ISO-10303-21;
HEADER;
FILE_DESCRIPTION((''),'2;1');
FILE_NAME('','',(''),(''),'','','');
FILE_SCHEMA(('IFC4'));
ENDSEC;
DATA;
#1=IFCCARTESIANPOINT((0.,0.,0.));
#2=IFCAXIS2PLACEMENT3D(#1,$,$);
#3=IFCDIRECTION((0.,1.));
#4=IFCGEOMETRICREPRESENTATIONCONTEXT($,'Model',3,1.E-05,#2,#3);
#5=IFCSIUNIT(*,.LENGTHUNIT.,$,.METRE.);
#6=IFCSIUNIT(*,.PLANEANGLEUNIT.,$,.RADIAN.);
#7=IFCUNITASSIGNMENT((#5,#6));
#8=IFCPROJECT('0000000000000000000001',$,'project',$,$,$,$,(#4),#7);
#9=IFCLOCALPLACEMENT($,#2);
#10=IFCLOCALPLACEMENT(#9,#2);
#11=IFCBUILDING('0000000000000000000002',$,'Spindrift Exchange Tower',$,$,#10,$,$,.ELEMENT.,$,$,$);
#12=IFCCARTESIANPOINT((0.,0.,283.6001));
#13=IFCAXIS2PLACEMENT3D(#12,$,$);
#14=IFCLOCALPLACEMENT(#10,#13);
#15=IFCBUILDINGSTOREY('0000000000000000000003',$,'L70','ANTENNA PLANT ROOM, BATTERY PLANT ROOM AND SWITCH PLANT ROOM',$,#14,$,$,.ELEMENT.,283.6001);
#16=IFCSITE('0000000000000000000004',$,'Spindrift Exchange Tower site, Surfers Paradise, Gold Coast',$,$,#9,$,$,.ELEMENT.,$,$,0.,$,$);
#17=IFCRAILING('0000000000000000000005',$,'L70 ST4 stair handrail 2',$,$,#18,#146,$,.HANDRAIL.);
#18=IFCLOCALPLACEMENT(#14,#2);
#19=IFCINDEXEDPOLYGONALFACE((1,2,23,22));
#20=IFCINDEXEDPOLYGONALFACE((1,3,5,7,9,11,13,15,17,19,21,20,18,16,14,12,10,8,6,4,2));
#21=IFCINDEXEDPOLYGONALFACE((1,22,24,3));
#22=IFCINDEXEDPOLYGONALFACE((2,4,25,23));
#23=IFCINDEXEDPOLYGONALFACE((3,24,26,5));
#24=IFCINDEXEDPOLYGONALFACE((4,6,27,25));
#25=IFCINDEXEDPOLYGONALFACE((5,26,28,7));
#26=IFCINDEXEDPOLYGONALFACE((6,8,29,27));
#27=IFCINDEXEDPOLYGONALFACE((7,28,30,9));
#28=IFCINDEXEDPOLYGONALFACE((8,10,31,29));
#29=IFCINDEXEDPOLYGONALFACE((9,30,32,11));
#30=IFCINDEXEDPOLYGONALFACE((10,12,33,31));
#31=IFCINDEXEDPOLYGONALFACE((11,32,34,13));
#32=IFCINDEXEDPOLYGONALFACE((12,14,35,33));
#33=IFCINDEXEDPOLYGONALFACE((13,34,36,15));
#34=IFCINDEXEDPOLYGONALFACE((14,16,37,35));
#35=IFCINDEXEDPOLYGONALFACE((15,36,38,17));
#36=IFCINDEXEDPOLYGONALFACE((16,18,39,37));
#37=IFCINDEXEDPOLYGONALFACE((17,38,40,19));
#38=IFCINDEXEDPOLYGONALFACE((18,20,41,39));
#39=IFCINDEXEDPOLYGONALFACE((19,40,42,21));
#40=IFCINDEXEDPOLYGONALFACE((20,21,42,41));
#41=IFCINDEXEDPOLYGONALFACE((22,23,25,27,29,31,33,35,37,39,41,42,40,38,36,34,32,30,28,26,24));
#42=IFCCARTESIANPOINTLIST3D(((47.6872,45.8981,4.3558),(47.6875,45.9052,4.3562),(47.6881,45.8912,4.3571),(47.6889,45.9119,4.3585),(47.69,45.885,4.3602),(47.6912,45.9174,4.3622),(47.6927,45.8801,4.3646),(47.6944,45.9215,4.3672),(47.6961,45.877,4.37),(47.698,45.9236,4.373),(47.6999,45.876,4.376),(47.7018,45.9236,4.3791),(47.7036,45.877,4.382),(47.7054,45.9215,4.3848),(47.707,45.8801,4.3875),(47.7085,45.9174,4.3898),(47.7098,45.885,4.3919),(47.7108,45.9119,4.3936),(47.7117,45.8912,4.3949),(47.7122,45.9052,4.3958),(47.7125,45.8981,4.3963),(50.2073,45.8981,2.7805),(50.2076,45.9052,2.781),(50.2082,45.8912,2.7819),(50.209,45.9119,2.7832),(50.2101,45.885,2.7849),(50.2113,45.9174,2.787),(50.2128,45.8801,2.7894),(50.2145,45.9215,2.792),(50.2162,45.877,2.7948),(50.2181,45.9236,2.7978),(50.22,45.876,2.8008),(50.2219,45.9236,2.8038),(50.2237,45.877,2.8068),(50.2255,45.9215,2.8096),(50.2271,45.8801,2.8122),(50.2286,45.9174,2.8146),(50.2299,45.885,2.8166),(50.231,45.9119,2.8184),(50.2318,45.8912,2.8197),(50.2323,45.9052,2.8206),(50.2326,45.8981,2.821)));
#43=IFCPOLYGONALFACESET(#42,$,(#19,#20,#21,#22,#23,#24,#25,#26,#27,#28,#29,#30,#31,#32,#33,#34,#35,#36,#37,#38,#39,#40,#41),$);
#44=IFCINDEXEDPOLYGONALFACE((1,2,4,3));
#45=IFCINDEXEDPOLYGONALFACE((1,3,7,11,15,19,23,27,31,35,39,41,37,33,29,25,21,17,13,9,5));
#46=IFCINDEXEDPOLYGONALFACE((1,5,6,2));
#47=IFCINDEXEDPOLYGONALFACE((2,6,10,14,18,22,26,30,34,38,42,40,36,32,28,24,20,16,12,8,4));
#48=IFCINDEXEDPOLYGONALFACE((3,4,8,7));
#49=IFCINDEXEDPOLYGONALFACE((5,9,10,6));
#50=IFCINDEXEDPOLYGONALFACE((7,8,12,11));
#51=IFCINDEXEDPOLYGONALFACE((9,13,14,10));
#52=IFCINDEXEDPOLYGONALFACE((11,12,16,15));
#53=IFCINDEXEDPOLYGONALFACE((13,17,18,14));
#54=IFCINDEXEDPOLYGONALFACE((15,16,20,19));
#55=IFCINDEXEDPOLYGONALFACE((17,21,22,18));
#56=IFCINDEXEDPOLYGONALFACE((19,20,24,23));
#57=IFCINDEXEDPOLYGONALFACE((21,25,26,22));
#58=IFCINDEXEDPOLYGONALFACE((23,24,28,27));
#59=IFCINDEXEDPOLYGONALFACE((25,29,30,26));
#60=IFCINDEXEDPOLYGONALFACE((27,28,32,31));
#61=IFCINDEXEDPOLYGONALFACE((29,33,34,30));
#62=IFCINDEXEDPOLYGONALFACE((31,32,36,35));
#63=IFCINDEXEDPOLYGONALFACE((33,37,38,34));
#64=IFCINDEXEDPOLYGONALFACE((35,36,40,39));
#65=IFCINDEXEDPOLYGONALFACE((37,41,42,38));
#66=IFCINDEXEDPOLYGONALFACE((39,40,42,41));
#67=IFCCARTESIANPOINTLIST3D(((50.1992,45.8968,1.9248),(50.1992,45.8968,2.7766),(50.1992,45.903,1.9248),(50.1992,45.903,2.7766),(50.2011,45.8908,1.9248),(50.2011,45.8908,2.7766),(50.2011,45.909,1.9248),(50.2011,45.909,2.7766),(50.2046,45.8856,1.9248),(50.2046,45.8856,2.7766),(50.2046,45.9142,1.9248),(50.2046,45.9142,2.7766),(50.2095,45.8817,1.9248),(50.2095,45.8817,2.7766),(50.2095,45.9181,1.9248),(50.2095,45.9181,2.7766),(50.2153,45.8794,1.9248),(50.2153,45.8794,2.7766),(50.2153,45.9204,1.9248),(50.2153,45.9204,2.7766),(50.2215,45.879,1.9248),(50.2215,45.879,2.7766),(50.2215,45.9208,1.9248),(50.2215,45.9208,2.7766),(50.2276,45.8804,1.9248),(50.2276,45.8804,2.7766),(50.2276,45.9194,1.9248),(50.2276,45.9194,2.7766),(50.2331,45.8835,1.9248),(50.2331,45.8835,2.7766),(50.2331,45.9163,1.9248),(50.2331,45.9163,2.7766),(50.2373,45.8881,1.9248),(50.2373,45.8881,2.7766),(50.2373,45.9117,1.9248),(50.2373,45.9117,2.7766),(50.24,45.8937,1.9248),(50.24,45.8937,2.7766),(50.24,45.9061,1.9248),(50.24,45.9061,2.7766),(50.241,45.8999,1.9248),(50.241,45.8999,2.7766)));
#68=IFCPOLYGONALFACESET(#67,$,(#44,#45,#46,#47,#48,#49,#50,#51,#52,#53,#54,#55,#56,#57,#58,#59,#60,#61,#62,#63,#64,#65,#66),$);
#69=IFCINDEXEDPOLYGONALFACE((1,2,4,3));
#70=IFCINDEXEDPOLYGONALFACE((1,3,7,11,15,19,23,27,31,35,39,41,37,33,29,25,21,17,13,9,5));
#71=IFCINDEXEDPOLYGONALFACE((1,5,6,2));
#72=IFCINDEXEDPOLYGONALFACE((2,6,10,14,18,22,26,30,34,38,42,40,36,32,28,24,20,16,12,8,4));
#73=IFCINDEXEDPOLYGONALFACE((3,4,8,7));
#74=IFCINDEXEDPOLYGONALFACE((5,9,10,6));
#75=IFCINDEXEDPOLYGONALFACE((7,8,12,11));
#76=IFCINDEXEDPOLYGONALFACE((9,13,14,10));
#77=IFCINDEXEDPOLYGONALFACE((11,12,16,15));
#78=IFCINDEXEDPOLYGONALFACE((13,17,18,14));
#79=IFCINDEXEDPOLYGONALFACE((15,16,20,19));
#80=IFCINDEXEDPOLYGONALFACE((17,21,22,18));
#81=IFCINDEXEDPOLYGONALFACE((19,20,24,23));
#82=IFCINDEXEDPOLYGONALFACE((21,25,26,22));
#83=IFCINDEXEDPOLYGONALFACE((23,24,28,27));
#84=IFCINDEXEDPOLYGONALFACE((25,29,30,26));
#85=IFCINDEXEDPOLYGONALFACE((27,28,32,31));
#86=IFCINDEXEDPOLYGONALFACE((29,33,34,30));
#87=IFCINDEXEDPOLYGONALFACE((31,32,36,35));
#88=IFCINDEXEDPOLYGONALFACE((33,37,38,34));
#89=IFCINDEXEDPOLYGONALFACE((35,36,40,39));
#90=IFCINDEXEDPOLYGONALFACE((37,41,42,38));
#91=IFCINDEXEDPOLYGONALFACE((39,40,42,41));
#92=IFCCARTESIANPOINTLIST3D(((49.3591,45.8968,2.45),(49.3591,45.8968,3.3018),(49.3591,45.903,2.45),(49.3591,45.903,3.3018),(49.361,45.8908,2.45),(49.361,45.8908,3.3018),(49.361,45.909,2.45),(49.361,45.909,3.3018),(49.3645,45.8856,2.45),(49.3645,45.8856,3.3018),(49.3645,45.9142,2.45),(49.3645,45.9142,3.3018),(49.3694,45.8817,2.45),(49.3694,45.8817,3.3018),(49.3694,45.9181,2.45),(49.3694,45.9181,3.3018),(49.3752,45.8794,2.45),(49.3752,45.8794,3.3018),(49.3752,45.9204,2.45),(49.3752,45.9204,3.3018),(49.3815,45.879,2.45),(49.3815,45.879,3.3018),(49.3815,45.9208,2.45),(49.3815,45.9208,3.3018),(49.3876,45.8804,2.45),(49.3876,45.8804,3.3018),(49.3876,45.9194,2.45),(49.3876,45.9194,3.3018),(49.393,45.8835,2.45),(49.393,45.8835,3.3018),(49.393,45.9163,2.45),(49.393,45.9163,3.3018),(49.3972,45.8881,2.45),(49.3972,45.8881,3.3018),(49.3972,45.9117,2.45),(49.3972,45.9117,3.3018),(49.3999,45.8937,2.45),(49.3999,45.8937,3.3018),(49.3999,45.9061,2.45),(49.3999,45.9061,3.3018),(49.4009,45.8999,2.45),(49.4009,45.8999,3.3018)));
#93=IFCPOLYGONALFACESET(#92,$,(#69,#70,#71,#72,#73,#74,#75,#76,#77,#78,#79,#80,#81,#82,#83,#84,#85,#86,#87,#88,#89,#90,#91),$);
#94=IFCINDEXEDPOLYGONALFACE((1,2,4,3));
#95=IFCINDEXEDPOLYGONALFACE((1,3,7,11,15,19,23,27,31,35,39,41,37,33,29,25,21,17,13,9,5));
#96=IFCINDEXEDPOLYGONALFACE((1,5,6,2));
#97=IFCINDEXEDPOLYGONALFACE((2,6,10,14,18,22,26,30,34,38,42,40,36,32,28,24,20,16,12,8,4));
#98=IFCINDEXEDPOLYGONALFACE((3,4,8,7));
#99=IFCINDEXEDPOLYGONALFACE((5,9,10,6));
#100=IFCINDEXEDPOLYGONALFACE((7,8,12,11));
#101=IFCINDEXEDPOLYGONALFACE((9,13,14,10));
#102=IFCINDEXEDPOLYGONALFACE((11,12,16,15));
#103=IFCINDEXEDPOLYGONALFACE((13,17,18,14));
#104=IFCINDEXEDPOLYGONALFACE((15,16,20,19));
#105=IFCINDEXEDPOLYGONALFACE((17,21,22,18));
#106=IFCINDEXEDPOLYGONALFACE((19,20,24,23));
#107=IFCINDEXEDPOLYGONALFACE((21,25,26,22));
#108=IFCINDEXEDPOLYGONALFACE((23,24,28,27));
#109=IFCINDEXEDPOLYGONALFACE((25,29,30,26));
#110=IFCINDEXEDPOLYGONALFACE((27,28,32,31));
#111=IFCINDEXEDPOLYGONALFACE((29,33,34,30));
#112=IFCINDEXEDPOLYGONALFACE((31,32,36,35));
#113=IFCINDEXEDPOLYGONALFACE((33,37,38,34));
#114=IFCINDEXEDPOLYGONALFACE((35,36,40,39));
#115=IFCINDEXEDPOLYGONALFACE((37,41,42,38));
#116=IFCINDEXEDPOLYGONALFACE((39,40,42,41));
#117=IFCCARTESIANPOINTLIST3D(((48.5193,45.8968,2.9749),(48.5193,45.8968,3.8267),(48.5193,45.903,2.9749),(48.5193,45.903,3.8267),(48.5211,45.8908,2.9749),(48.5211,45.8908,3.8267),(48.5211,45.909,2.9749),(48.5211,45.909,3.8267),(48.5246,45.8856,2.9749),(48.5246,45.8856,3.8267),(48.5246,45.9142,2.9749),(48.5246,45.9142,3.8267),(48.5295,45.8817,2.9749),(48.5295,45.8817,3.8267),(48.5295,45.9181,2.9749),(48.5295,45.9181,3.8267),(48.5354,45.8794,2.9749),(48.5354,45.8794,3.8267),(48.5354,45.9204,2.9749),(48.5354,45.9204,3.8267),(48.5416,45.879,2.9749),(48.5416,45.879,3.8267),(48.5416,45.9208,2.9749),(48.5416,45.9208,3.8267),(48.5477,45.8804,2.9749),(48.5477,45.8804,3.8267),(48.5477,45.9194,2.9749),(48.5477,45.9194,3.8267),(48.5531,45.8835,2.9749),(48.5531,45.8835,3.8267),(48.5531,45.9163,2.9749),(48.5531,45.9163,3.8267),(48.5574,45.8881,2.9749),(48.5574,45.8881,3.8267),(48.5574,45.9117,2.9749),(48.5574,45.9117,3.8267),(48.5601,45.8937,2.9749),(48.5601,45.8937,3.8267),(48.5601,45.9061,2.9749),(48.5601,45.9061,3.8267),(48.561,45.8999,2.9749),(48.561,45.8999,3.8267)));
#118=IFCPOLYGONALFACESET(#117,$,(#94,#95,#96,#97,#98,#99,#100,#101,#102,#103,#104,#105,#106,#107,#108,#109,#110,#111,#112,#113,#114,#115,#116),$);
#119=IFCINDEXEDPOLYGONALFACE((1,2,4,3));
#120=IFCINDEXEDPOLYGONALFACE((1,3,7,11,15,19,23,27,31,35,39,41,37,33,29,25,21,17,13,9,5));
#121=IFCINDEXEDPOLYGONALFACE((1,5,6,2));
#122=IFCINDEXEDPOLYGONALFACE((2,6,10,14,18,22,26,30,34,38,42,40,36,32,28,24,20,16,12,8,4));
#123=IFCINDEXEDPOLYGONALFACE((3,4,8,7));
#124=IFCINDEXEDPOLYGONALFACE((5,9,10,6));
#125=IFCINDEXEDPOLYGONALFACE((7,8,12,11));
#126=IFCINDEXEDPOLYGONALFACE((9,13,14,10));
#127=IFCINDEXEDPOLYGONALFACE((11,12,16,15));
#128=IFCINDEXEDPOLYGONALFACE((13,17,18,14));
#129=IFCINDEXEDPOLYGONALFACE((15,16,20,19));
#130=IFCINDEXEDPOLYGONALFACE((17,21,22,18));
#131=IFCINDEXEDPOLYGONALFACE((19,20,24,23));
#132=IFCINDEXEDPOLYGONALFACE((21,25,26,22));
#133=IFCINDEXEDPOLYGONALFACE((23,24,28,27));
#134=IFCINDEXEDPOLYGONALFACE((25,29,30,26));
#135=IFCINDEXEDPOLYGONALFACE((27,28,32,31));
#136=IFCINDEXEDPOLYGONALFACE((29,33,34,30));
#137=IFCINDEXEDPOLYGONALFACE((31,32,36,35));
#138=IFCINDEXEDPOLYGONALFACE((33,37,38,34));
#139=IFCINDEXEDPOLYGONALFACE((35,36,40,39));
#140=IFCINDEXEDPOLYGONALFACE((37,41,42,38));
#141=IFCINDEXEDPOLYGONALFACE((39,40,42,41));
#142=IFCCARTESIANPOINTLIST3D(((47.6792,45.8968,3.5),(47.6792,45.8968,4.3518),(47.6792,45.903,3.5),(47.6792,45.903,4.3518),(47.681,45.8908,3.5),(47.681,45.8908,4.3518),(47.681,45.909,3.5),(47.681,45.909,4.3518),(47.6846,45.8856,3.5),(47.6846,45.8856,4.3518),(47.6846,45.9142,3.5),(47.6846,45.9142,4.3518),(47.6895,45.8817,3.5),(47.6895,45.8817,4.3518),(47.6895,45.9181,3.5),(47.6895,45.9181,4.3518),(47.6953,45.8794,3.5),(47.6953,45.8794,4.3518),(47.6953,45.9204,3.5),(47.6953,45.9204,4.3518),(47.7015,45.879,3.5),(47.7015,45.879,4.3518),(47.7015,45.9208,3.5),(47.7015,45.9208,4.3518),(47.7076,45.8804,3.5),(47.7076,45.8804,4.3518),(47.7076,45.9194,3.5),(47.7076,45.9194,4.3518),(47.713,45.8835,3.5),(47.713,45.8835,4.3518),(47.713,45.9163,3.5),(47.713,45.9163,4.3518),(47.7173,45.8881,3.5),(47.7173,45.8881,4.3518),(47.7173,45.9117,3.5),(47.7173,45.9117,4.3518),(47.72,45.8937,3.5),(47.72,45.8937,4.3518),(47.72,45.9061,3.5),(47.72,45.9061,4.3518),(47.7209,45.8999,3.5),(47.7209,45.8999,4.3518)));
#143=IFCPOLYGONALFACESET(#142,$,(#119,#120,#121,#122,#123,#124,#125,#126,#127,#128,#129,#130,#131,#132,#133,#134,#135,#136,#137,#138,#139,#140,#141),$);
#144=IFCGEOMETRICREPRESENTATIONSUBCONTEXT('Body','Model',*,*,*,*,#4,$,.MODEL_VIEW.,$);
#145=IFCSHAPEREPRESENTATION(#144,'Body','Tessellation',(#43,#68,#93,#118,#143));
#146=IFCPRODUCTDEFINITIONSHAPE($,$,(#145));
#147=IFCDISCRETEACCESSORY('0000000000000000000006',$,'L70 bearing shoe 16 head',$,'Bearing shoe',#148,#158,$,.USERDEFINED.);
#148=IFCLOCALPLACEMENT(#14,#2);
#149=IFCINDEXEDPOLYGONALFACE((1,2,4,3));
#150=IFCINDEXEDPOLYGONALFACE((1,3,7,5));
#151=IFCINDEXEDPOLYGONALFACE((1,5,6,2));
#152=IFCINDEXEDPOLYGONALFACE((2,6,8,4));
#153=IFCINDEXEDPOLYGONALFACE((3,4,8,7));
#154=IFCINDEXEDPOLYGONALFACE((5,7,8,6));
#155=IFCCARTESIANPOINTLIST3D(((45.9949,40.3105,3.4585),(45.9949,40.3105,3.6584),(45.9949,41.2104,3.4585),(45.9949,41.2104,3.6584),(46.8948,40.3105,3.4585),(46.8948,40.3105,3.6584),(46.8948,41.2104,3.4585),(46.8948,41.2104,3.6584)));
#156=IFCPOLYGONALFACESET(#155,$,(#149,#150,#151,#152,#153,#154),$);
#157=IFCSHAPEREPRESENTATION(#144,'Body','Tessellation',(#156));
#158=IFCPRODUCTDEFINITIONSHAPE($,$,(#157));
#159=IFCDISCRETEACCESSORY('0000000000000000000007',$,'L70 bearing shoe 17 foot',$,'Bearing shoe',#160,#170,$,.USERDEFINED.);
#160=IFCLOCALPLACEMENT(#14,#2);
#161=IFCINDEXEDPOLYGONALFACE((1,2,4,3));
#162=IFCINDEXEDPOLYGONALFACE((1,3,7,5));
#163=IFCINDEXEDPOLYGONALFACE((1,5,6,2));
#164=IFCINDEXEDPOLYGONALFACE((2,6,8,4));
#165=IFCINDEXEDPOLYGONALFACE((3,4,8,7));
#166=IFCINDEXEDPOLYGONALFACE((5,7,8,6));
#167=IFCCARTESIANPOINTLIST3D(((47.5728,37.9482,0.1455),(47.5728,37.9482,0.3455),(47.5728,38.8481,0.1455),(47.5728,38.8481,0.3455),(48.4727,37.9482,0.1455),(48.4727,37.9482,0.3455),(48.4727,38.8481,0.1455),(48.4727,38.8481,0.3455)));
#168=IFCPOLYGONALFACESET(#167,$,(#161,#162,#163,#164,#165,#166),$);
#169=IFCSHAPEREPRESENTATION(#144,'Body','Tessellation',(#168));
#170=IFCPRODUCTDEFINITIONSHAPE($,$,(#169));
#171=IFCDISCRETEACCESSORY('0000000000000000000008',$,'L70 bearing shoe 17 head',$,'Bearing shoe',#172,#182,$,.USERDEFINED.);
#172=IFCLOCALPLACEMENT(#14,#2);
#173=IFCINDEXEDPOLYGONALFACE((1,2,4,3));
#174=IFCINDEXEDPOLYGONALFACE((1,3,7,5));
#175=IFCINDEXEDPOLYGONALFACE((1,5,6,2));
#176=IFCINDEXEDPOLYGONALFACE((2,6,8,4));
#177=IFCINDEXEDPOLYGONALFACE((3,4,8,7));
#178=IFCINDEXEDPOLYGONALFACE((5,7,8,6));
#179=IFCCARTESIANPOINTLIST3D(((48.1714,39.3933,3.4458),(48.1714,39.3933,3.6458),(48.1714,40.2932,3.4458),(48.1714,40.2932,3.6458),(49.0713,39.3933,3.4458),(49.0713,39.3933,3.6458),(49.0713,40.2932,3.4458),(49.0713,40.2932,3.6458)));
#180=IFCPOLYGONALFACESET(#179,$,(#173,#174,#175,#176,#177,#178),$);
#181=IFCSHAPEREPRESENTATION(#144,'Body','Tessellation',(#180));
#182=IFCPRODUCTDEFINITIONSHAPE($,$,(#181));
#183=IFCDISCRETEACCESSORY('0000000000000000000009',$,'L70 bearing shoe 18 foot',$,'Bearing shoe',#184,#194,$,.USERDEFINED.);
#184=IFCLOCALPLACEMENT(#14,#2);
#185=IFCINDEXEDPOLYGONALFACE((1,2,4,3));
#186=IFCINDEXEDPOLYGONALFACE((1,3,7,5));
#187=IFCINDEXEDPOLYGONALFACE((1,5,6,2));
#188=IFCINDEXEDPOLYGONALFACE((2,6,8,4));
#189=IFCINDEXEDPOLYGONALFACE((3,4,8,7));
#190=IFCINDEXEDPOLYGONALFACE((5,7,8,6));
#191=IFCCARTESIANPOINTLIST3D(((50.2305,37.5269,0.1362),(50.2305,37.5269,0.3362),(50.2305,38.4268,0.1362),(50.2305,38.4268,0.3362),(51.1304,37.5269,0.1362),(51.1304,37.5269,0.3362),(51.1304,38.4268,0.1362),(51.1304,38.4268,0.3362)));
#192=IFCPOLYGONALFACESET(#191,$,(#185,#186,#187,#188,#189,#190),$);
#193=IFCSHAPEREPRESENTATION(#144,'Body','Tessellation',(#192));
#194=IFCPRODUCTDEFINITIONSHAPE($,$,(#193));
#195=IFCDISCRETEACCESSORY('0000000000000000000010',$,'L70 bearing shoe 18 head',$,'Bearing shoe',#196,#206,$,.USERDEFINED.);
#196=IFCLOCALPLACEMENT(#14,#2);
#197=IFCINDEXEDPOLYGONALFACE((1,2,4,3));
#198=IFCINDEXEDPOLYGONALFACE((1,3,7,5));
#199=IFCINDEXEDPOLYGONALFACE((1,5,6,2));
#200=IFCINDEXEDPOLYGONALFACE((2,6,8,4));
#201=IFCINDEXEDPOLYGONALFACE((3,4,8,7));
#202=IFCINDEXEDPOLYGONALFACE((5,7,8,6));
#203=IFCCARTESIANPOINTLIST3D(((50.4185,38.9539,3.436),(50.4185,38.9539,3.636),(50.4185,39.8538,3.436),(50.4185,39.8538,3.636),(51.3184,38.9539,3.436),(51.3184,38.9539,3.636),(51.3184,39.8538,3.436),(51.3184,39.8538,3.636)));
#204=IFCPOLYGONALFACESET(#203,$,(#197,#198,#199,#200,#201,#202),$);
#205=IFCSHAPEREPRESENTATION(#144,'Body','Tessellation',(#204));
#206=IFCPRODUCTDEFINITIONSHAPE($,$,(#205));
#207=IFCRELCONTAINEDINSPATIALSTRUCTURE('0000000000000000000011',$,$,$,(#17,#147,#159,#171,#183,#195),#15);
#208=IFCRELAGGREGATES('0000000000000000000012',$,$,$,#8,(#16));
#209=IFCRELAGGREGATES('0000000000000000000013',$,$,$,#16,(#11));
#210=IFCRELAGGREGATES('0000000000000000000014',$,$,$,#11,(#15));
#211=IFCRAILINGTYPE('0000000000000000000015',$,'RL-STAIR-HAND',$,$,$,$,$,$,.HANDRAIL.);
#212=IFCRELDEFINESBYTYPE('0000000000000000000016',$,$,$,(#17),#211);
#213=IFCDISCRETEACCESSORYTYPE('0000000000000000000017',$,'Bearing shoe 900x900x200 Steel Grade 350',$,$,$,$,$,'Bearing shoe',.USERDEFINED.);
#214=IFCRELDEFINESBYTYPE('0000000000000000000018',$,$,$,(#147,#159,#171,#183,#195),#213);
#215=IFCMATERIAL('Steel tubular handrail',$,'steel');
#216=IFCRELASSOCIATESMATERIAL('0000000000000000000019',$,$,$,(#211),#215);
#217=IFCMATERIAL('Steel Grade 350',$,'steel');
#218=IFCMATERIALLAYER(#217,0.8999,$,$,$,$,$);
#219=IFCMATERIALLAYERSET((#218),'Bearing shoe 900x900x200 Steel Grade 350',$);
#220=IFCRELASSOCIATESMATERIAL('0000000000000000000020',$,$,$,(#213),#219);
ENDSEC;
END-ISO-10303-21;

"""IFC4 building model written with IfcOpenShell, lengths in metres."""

from ifc_helpers import new_model, si_unit, direction, frame, origin, origin_2d, place, context, subcontext, project, spatial, rectangle, circle, extrude, source, transform, mapped, material, layer, layer_set, type_object, element, save


model = new_model("IFC4")

# Units and contexts
model_context = context("Model", 3, precision=1e-05, world=origin(), true_north=direction((0.0, 1.0)))
body_context = subcontext(model_context, "Body", "Model", "MODEL_VIEW")
ifc_project = project(units=[si_unit("LENGTHUNIT", "METRE"), si_unit("PLANEANGLEUNIT", "RADIAN")], contexts=[model_context])

# Site, building, storey
site_placement = place(None, origin())
site = spatial("IfcSite", under=ifc_project, at=site_placement, Name="Spindrift Exchange Tower site, Surfers Paradise, Gold Coast", CompositionType="ELEMENT", RefElevation=0.0)
building_placement = place(site_placement, origin())
building = spatial("IfcBuilding", under=site, at=building_placement, Name="Spindrift Exchange Tower", CompositionType="ELEMENT")
storey_placement = place(building_placement, frame((0.0, 0.0, 283.6001)))
storey = spatial("IfcBuildingStorey", under=building, at=storey_placement, Name="L70", Description="ANTENNA PLANT ROOM, BATTERY PLANT ROOM AND SWITCH PLANT ROOM", CompositionType="ELEMENT", Elevation=283.6001)

# Railing
ifc_material_1 = material(Name="Steel tubular handrail", Category="steel")
railing_type_1 = type_object("IfcRailingType", Name="RL-STAIR-HAND", PredefinedType="HANDRAIL", material=ifc_material_1)
railing_1_placement = place(storey_placement, frame((50.22, 45.8999, 1.9248)))
element("IfcRailing", 1, at=railing_1_placement, inside=storey, type_object=railing_type_1, Name="L70 ST4 stair handrail 2", PredefinedType="HANDRAIL", context=body_context, shape_type="SweptSolid", body=[
    extrude(circle(Radius=0.0239, at=origin_2d()), frame((0.0, 0.0, 0.876), z_axis=(-0.847971, 0.0, 0.530043), x_axis=(0.0, -1.0, 0.0)), (0.0, 0.0, 1.0), 2.9719),
    extrude(circle(Radius=0.021, at=origin_2d()), origin(), (0.0, 0.0, 1.0), 0.8518),
    extrude(circle(Radius=0.021, at=origin_2d()), frame((-0.8401, 0.0, 0.5251)), (0.0, 0.0, 1.0), 0.8518),
    extrude(circle(Radius=0.021, at=origin_2d()), frame((-1.6799, 0.0, 1.05)), (0.0, 0.0, 1.0), 0.8518),
    extrude(circle(Radius=0.021, at=origin_2d()), frame((-2.52, 0.0, 1.5752)), (0.0, 0.0, 1.0), 0.8518),
])

# Discrete accessories
ifc_material_2 = material(Name="Steel Grade 350", Category="steel")
ifc_layer_1 = layer(ifc_material_2, 0.8999)
ifc_layer_set_1 = layer_set([ifc_layer_1], Name="Bearing shoe 900x900x200 Steel Grade 350")
discrete_accessory_type = type_object("IfcDiscreteAccessoryType", Name="Bearing shoe 900x900x200 Steel Grade 350", ElementType="Bearing shoe", PredefinedType="USERDEFINED", material=ifc_layer_set_1)
shared_shape_1 = source(origin(), body_context, "Body", "SweptSolid", [
    extrude(rectangle(XDim=0.8999, YDim=0.8999, at=origin_2d()), origin(), (0.0, 0.0, 1.0), 0.2),
])
for number, where, z_axis, x_axis, name in (
    (2, (46.4448, 40.7605, 3.4585), (0.0, 0.0, 1.0), (1.0, 0.0, 0.0), "L70 bearing shoe 16 head"),
    (3, (48.0227, 38.3982, 0.1455), (0.0, 0.0, 1.0), (1.0, 0.0, 0.0), "L70 bearing shoe 17 foot"),
    (4, (48.6213, 39.8433, 3.4458), (0.0, 0.0, 1.0), (1.0, 0.0, 0.0), "L70 bearing shoe 17 head"),
    (5, (50.6804, 37.9768, 0.1362), (0.0, 0.0, 1.0), (1.0, 0.0, 0.0), "L70 bearing shoe 18 foot"),
    (6, (50.8684, 39.4038, 3.436), (0.0, 0.0, 1.0), (1.0, 0.0, 0.0), "L70 bearing shoe 18 head"),
):
    element("IfcDiscreteAccessory", number, at=place(storey_placement, frame(where, z_axis=z_axis, x_axis=x_axis)), inside=storey, type_object=discrete_accessory_type, Name=name, ObjectType="Bearing shoe", PredefinedType="USERDEFINED", context=body_context, shape_type="MappedRepresentation", body=[
        mapped(shared_shape_1, transform((0.0, 0.0, 0.0), scale=1.0)),
    ])

save(model, "model.ifc")
